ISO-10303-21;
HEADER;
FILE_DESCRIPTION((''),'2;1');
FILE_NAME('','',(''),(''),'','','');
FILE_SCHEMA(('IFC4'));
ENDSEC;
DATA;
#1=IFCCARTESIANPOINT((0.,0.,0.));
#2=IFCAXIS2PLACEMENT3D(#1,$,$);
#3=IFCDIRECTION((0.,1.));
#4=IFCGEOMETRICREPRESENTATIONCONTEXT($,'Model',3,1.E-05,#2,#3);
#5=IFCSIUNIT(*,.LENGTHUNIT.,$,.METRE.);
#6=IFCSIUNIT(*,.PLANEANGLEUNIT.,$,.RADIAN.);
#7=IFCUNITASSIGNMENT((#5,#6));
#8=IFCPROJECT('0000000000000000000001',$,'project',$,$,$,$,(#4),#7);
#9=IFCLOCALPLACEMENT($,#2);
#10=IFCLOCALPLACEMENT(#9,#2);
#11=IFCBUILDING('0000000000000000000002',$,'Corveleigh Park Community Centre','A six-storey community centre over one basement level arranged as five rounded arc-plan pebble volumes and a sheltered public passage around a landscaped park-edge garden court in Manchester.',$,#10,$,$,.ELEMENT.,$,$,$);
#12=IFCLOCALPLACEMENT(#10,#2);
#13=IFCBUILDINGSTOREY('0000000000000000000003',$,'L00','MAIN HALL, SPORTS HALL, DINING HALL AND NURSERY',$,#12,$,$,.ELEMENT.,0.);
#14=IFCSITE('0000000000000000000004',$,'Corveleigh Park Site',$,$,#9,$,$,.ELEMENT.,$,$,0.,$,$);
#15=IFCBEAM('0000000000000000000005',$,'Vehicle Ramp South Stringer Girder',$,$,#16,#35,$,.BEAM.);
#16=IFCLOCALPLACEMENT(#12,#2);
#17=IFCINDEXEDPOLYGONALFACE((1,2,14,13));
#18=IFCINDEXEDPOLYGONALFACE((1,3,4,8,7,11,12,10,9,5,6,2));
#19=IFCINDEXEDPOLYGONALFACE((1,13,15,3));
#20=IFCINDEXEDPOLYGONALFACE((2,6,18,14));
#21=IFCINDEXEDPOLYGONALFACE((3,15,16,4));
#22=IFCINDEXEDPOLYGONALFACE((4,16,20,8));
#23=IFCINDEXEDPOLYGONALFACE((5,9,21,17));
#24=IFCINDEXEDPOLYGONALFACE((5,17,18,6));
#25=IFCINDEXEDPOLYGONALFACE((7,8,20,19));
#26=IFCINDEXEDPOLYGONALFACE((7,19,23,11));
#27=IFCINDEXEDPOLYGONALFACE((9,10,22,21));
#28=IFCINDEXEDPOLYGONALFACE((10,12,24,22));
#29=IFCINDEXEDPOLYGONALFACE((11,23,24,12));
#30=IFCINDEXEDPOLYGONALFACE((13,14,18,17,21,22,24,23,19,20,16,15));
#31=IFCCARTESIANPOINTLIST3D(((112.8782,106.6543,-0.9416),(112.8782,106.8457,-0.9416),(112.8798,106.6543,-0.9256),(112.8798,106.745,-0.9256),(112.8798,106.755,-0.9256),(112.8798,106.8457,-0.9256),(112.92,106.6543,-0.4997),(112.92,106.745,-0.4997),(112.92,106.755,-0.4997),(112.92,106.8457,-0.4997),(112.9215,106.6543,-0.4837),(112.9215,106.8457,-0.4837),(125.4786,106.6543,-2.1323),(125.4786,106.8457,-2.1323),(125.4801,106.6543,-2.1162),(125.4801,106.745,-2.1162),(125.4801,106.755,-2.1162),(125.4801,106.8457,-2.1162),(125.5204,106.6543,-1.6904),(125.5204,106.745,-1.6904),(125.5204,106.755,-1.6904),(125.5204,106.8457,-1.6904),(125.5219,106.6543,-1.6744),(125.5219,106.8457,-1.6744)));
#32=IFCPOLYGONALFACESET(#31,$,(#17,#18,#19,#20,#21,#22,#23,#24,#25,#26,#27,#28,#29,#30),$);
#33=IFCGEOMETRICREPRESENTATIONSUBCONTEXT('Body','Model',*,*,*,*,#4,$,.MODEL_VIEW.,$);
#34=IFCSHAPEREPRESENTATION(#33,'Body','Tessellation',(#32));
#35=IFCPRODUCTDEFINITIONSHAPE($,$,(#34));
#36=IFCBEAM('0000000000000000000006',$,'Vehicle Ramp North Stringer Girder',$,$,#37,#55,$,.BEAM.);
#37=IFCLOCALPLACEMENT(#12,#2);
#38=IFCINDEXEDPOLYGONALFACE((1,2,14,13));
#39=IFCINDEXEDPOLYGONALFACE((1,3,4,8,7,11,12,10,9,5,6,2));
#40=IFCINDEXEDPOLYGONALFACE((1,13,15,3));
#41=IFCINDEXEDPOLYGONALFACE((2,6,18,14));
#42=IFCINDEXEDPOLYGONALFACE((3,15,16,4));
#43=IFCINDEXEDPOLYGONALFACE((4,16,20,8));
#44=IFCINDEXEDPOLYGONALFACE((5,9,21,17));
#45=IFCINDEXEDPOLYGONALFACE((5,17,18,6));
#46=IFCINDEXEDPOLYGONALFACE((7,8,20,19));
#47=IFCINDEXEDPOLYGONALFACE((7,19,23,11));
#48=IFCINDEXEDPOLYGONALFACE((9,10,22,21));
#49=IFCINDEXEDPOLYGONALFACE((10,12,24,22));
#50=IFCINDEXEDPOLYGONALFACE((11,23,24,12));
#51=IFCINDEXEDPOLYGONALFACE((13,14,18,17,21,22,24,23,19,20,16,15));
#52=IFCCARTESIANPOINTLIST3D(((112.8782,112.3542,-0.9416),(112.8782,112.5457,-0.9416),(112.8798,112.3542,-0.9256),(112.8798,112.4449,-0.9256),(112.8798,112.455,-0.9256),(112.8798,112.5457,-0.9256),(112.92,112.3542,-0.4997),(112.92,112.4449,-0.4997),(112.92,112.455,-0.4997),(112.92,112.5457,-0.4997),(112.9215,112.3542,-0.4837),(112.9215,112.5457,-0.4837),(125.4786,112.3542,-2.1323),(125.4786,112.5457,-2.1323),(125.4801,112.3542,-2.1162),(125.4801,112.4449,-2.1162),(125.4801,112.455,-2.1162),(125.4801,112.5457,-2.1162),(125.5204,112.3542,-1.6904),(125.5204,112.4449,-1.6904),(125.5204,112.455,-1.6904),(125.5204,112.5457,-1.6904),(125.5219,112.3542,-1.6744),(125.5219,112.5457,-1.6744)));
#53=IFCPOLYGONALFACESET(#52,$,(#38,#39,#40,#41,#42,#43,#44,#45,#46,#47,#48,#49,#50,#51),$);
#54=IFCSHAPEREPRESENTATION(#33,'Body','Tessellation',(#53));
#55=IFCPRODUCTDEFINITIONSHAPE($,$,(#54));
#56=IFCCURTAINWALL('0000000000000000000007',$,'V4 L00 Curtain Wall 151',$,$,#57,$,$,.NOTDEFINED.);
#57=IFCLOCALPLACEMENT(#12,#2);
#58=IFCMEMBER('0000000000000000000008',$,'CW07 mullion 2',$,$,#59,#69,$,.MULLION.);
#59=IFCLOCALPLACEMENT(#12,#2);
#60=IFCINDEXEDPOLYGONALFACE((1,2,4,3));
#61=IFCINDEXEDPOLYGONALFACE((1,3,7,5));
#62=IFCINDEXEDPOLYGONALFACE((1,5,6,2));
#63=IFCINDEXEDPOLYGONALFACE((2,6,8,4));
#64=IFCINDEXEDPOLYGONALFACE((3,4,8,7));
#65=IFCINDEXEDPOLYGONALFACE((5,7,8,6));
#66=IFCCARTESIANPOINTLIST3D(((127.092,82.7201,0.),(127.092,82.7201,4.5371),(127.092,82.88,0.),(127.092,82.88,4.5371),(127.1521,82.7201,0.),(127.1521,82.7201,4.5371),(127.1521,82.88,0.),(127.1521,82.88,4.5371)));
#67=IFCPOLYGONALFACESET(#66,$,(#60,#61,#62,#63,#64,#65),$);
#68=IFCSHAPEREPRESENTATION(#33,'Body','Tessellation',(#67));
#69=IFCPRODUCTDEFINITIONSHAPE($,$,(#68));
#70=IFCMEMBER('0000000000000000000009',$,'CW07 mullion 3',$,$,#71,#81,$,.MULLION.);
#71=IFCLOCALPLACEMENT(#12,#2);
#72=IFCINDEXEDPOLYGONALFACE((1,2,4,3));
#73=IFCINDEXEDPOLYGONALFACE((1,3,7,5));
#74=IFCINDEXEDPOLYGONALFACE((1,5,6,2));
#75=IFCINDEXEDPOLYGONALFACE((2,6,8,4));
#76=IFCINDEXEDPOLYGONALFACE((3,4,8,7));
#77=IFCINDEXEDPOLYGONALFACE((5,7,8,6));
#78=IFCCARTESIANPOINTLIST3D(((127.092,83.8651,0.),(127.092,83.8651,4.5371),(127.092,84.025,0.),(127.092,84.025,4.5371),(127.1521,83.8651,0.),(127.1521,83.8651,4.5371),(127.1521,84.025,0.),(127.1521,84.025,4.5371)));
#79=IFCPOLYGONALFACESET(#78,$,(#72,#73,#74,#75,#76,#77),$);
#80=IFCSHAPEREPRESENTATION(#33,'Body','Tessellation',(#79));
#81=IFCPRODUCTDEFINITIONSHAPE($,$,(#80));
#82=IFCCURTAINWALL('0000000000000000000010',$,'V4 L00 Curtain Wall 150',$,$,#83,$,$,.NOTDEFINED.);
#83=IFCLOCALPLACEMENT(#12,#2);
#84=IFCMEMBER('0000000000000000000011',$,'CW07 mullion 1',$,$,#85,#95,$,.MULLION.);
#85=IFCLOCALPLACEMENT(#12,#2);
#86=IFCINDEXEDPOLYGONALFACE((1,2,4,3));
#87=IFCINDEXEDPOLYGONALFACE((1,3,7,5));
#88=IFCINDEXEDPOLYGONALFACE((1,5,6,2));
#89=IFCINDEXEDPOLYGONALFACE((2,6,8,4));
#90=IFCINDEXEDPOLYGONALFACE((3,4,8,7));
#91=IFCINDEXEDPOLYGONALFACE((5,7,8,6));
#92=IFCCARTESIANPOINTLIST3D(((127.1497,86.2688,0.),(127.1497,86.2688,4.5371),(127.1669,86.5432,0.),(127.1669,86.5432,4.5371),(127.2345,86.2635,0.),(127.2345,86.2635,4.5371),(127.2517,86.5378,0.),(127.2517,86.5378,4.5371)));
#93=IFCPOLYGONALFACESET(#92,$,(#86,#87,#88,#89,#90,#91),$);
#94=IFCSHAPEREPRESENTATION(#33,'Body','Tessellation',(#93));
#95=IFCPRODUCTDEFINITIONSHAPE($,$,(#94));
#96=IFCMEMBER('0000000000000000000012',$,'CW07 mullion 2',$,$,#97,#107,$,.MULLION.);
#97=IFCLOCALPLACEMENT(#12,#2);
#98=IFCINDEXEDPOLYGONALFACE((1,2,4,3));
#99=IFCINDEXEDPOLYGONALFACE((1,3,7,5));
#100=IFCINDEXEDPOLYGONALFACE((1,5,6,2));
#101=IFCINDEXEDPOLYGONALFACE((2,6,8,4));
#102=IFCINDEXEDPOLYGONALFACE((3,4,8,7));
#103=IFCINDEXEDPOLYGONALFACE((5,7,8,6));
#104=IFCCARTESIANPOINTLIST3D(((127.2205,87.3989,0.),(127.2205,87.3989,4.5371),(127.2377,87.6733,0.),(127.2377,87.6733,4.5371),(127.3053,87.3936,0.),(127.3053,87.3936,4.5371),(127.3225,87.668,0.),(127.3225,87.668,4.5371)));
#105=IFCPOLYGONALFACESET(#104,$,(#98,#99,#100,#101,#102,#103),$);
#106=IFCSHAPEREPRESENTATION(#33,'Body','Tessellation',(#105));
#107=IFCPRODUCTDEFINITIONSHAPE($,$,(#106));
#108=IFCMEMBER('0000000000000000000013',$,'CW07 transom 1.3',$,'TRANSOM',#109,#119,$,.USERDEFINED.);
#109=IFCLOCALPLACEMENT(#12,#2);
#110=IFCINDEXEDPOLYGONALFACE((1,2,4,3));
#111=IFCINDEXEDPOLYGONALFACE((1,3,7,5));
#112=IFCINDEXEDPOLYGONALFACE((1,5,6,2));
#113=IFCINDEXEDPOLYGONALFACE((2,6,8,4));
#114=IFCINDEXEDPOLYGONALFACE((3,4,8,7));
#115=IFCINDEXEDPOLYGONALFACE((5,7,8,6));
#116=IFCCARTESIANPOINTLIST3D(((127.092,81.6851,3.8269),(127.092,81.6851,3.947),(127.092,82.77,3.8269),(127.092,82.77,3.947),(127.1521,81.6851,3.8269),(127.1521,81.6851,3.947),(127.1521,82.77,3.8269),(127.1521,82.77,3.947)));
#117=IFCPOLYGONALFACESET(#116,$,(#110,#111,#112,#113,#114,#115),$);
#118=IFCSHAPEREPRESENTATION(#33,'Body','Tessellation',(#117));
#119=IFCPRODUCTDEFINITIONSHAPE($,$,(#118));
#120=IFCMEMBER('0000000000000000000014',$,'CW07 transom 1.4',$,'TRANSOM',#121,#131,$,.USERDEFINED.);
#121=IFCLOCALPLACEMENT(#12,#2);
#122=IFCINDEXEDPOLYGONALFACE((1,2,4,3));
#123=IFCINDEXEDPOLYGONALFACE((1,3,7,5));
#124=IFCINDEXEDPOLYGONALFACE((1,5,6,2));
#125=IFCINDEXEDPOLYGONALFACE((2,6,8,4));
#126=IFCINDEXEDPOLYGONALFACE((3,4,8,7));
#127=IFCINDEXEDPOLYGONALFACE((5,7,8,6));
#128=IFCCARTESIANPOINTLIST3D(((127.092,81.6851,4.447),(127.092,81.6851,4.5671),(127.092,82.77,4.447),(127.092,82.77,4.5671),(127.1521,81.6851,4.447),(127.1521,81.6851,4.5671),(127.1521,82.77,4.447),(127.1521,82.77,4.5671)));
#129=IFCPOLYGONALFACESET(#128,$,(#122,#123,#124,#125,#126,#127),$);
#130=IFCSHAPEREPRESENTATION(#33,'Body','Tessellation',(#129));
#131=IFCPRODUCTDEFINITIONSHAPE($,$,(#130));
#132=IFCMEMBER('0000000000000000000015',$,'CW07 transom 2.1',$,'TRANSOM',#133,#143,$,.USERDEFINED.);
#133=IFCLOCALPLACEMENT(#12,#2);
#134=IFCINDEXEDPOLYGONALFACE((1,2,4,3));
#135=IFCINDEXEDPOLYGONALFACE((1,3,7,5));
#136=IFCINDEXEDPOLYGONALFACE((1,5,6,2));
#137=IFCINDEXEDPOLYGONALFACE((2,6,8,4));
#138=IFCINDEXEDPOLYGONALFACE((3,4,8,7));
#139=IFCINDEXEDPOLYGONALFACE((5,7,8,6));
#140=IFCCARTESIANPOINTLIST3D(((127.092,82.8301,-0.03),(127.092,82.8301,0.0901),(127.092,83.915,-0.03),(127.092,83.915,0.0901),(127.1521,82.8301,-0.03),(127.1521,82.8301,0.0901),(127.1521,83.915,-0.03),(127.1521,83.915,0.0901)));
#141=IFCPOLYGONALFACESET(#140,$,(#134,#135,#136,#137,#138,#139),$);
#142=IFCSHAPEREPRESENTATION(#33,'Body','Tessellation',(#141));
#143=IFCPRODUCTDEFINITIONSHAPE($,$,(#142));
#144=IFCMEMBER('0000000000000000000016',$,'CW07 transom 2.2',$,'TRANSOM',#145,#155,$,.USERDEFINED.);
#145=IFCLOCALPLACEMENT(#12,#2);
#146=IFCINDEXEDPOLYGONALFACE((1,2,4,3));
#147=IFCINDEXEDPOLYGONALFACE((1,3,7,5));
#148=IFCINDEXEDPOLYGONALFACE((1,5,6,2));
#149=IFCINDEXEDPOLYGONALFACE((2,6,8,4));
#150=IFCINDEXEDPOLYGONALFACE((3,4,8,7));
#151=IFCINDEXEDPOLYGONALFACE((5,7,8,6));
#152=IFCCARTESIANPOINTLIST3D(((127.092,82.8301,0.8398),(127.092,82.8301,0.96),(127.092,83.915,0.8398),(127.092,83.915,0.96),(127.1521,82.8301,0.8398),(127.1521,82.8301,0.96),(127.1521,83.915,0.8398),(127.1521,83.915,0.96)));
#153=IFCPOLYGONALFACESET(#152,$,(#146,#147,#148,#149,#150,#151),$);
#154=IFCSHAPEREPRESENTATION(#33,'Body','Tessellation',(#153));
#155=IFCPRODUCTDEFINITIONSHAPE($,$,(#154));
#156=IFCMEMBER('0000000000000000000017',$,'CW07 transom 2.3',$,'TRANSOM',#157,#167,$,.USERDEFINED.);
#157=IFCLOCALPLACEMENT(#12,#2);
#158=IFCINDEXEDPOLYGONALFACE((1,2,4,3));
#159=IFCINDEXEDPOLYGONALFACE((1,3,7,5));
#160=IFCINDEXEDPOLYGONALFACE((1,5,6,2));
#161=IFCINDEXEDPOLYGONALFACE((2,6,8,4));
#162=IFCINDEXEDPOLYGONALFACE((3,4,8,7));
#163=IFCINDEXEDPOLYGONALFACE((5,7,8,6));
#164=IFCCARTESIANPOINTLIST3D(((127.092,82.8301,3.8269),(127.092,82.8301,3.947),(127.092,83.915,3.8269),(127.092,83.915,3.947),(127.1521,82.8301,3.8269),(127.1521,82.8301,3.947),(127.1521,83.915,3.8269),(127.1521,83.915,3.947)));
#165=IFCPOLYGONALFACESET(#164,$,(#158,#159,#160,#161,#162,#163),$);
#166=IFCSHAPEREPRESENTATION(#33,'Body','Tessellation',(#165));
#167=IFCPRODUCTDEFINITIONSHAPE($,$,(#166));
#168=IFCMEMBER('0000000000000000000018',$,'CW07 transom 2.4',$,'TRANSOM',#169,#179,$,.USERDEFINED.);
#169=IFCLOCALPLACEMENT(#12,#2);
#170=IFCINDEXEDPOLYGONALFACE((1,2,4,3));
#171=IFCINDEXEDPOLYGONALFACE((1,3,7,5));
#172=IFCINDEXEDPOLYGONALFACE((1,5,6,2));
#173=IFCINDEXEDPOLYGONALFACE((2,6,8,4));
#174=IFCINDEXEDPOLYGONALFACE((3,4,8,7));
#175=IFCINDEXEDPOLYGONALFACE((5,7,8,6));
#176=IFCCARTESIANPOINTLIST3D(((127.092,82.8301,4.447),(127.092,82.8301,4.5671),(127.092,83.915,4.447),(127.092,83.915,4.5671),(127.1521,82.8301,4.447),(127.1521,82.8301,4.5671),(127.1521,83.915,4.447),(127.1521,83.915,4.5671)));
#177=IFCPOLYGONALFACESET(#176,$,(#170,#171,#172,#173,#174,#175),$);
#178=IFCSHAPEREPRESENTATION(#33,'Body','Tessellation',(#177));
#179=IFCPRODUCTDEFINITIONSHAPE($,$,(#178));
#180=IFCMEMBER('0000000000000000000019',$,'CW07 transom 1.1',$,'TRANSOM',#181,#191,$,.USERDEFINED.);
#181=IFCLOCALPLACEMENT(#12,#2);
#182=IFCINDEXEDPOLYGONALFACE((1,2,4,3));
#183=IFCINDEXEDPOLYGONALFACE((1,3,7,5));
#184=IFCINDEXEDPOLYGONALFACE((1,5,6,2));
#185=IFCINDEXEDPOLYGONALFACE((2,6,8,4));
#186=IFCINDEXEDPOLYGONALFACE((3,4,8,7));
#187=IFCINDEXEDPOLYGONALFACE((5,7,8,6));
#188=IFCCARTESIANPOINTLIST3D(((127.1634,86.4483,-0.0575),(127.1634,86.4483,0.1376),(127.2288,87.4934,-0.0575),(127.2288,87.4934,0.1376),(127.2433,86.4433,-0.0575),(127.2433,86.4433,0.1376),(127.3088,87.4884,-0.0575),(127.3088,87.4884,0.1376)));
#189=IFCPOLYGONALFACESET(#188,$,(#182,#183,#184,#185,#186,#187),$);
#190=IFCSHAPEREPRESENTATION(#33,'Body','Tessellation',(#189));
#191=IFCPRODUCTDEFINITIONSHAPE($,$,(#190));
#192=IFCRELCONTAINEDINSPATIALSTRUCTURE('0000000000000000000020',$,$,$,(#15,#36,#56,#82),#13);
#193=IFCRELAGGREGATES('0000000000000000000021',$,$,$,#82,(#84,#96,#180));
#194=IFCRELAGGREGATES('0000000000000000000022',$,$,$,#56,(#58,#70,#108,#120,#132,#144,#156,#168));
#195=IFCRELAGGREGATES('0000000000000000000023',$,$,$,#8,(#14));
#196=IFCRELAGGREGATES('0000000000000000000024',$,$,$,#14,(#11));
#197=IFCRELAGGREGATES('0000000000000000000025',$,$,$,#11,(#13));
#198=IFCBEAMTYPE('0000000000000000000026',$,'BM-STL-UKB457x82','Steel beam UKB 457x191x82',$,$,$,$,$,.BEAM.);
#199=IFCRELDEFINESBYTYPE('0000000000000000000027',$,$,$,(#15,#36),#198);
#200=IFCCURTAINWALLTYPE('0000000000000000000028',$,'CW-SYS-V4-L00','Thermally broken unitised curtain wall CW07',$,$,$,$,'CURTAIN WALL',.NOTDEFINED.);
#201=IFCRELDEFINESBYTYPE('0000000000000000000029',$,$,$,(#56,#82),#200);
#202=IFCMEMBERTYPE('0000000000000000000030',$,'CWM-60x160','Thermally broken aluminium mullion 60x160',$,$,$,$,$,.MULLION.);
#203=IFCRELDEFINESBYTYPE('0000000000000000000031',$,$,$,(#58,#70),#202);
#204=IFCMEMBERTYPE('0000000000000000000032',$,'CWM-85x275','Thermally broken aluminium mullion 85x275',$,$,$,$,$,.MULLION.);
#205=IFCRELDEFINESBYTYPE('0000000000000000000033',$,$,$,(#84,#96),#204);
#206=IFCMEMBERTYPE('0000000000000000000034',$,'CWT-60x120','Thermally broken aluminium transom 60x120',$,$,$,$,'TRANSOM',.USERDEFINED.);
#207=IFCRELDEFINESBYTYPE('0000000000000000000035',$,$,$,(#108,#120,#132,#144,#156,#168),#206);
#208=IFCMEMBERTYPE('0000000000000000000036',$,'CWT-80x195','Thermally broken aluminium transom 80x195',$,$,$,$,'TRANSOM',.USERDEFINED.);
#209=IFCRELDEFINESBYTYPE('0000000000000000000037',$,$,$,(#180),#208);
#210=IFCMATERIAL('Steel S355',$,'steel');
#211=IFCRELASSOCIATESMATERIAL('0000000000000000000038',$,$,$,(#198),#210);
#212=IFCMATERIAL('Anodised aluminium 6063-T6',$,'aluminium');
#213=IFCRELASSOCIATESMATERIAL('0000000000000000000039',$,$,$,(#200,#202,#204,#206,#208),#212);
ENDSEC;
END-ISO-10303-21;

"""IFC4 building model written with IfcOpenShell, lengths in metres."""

from ifc_helpers import new_model, si_unit, direction, frame, origin, origin_2d, place, context, subcontext, project, spatial, rectangle, i_section, extrude, material, material_profile, profile_set, type_object, element, aggregate, save


model = new_model("IFC4")

# Units and contexts
model_context = context("Model", 3, precision=1e-05, world=origin(), true_north=direction((0.0, 1.0)))
body_context = subcontext(model_context, "Body", "Model", "MODEL_VIEW")
ifc_project = project(units=[si_unit("LENGTHUNIT", "METRE"), si_unit("PLANEANGLEUNIT", "RADIAN")], contexts=[model_context])

# Site, building, storey
site_placement = place(None, origin())
site = spatial("IfcSite", under=ifc_project, at=site_placement, Name="Corveleigh Park Site", CompositionType="ELEMENT", RefElevation=0.0)
building_placement = place(site_placement, origin())
building = spatial("IfcBuilding", under=site, at=building_placement, Name="Corveleigh Park Community Centre", Description="A six-storey community centre over one basement level arranged as five rounded arc-plan pebble volumes and a sheltered public passage around a landscaped park-edge garden court in Manchester.", CompositionType="ELEMENT")
storey_placement = place(building_placement, origin())
storey = spatial("IfcBuildingStorey", under=building, at=storey_placement, Name="L00", Description="MAIN HALL, SPORTS HALL, DINING HALL AND NURSERY", CompositionType="ELEMENT", Elevation=0.0)

# Beams
ifc_material_1 = material(Name="Steel S355", Category="steel")
ifc_material_profile_1 = material_profile(ifc_material_1, i_section(OverallWidth=0.1914, OverallDepth=0.46, WebThickness=0.01, FlangeThickness=0.0161, at=origin_2d()), Name="UKB 457x191x82", Category="steel")
ifc_profile_set_1 = profile_set([ifc_material_profile_1], Name="Steel S355")
beam_type = type_object("IfcBeamType", Name="BM-STL-UKB457x82", Description="Steel beam UKB 457x191x82", PredefinedType="BEAM", material=ifc_profile_set_1)
for number, where, z_axis, x_axis, name in (
    (1, (125.5002, 106.75, -1.9033), (-0.995565, 0.0, 0.094076), (0.0, -1.0, 0.0), "Vehicle Ramp South Stringer Girder"),
    (2, (125.5002, 112.45, -1.9033), (-0.995565, 0.0, 0.094076), (0.0, -1.0, 0.0), "Vehicle Ramp North Stringer Girder"),
):
    element("IfcBeam", number, at=place(storey_placement, frame(where, z_axis=z_axis, x_axis=x_axis)), inside=storey, type_object=beam_type, Name=name, PredefinedType="BEAM", context=body_context, shape_type="SweptSolid", body=[
        extrude(i_section(OverallWidth=0.1914, OverallDepth=0.46, WebThickness=0.01, FlangeThickness=0.0161, at=origin_2d()), origin(), (0.0, 0.0, 1.0), 12.6565),
    ])

# Curtain walls, members
ifc_material_2 = material(Name="Anodised aluminium 6063-T6", Category="aluminium")
curtain_wall_type = type_object("IfcCurtainWallType", Name="CW-SYS-V4-L00", Description="Thermally broken unitised curtain wall CW07", ElementType="CURTAIN WALL", PredefinedType="NOTDEFINED", material=ifc_material_2)
curtain_wall_1_placement = place(storey_placement, origin())
curtain_wall_1 = element("IfcCurtainWall", 3, at=curtain_wall_1_placement, inside=storey, type_object=curtain_wall_type, Name="V4 L00 Curtain Wall 151", PredefinedType="NOTDEFINED")
ifc_material_profile_2 = material_profile(ifc_material_2, rectangle(XDim=0.0601, YDim=0.1599, at=origin_2d()), Name="ALU-M60x160", Category="aluminium")
ifc_profile_set_2 = profile_set([ifc_material_profile_2], Name="Anodised aluminium 6063-T6")
member_type_1 = type_object("IfcMemberType", Name="CWM-60x160", Description="Thermally broken aluminium mullion 60x160", PredefinedType="MULLION", material=ifc_profile_set_2)
member_1_placement = place(storey_placement, frame((127.1221, 82.8, 0.0), z_axis=(0.0, 0.0, 1.0), x_axis=(-1.0, 0.0, 0.0)))
member_1 = element("IfcMember", 4, at=member_1_placement, type_object=member_type_1, Name="CW07 mullion 2", PredefinedType="MULLION", context=body_context, shape_type="SweptSolid", body=[
    extrude(rectangle(XDim=0.0601, YDim=0.1599, at=origin_2d()), origin(), (0.0, 0.0, 1.0), 4.5371),
])
member_2_placement = place(storey_placement, frame((127.1221, 83.9451, 0.0), z_axis=(0.0, 0.0, 1.0), x_axis=(-1.0, 0.0, 0.0)))
member_2 = element("IfcMember", 5, at=member_2_placement, type_object=member_type_1, Name="CW07 mullion 3", PredefinedType="MULLION", context=body_context, shape_type="SweptSolid", body=[
    extrude(rectangle(XDim=0.0601, YDim=0.1599, at=origin_2d()), origin(), (0.0, 0.0, 1.0), 4.5371),
])
curtain_wall_2_placement = place(storey_placement, origin())
curtain_wall_2 = element("IfcCurtainWall", 6, at=curtain_wall_2_placement, inside=storey, type_object=curtain_wall_type, Name="V4 L00 Curtain Wall 150", PredefinedType="NOTDEFINED")
ifc_material_profile_3 = material_profile(ifc_material_2, rectangle(XDim=0.085, YDim=0.2749, at=origin_2d()), Name="ALU-M85x275", Category="aluminium")
ifc_profile_set_3 = profile_set([ifc_material_profile_3], Name="Anodised aluminium 6063-T6")
member_type_2 = type_object("IfcMemberType", Name="CWM-85x275", Description="Thermally broken aluminium mullion 85x275", PredefinedType="MULLION", material=ifc_profile_set_3)
member_3_placement = place(storey_placement, frame((127.2007, 86.4033, 0.0), z_axis=(0.0, 0.0, 1.0), x_axis=(-0.998041, 0.062564, 0.0)))
member_3 = element("IfcMember", 7, at=member_3_placement, type_object=member_type_2, Name="CW07 mullion 1", PredefinedType="MULLION", context=body_context, shape_type="SweptSolid", body=[
    extrude(rectangle(XDim=0.085, YDim=0.2749, at=origin_2d()), origin(), (0.0, 0.0, 1.0), 4.5371),
])
member_4_placement = place(storey_placement, frame((127.2715, 87.5334, 0.0), z_axis=(0.0, 0.0, 1.0), x_axis=(-0.998041, 0.062564, 0.0)))
member_4 = element("IfcMember", 8, at=member_4_placement, type_object=member_type_2, Name="CW07 mullion 2", PredefinedType="MULLION", context=body_context, shape_type="SweptSolid", body=[
    extrude(rectangle(XDim=0.085, YDim=0.2749, at=origin_2d()), origin(), (0.0, 0.0, 1.0), 4.5371),
])

# Members
ifc_material_profile_4 = material_profile(ifc_material_2, rectangle(XDim=0.0601, YDim=0.1201, at=origin_2d()), Name="ALU-T60x120", Category="aluminium")
ifc_profile_set_4 = profile_set([ifc_material_profile_4], Name="Anodised aluminium 6063-T6")
member_type_3 = type_object("IfcMemberType", Name="CWT-60x120", Description="Thermally broken aluminium transom 60x120", ElementType="TRANSOM", PredefinedType="USERDEFINED", material=ifc_profile_set_4)
member_5_placement = place(storey_placement, frame((127.1221, 81.6851, 3.887), z_axis=(0.0, 1.0, 0.0), x_axis=(-1.0, 0.0, 0.0)))
member_5 = element("IfcMember", 9, at=member_5_placement, type_object=member_type_3, Name="CW07 transom 1.3", ObjectType="TRANSOM", PredefinedType="USERDEFINED", context=body_context, shape_type="SweptSolid", body=[
    extrude(rectangle(XDim=0.0601, YDim=0.1201, at=origin_2d()), origin(), (0.0, 0.0, 1.0), 1.085),
])
member_6_placement = place(storey_placement, frame((127.1221, 81.6851, 4.5071), z_axis=(0.0, 1.0, 0.0), x_axis=(-1.0, 0.0, 0.0)))
member_6 = element("IfcMember", 10, at=member_6_placement, type_object=member_type_3, Name="CW07 transom 1.4", ObjectType="TRANSOM", PredefinedType="USERDEFINED", context=body_context, shape_type="SweptSolid", body=[
    extrude(rectangle(XDim=0.0601, YDim=0.1201, at=origin_2d()), origin(), (0.0, 0.0, 1.0), 1.085),
])
member_7_placement = place(storey_placement, frame((127.1221, 82.8301, 0.03), z_axis=(0.0, 1.0, 0.0), x_axis=(-1.0, 0.0, 0.0)))
member_7 = element("IfcMember", 11, at=member_7_placement, type_object=member_type_3, Name="CW07 transom 2.1", ObjectType="TRANSOM", PredefinedType="USERDEFINED", context=body_context, shape_type="SweptSolid", body=[
    extrude(rectangle(XDim=0.0601, YDim=0.1201, at=origin_2d()), origin(), (0.0, 0.0, 1.0), 1.085),
])
member_8_placement = place(storey_placement, frame((127.1221, 82.8301, 0.8999), z_axis=(0.0, 1.0, 0.0), x_axis=(-1.0, 0.0, 0.0)))
member_8 = element("IfcMember", 12, at=member_8_placement, type_object=member_type_3, Name="CW07 transom 2.2", ObjectType="TRANSOM", PredefinedType="USERDEFINED", context=body_context, shape_type="SweptSolid", body=[
    extrude(rectangle(XDim=0.0601, YDim=0.1201, at=origin_2d()), origin(), (0.0, 0.0, 1.0), 1.085),
])
member_9_placement = place(storey_placement, frame((127.1221, 82.8301, 3.887), z_axis=(0.0, 1.0, 0.0), x_axis=(-1.0, 0.0, 0.0)))
member_9 = element("IfcMember", 13, at=member_9_placement, type_object=member_type_3, Name="CW07 transom 2.3", ObjectType="TRANSOM", PredefinedType="USERDEFINED", context=body_context, shape_type="SweptSolid", body=[
    extrude(rectangle(XDim=0.0601, YDim=0.1201, at=origin_2d()), origin(), (0.0, 0.0, 1.0), 1.085),
])
member_10_placement = place(storey_placement, frame((127.1221, 82.8301, 4.5071), z_axis=(0.0, 1.0, 0.0), x_axis=(-1.0, 0.0, 0.0)))
member_10 = element("IfcMember", 14, at=member_10_placement, type_object=member_type_3, Name="CW07 transom 2.4", ObjectType="TRANSOM", PredefinedType="USERDEFINED", context=body_context, shape_type="SweptSolid", body=[
    extrude(rectangle(XDim=0.0601, YDim=0.1201, at=origin_2d()), origin(), (0.0, 0.0, 1.0), 1.085),
])
ifc_material_profile_5 = material_profile(ifc_material_2, rectangle(XDim=0.0801, YDim=0.1951, at=origin_2d()), Name="ALU-T80x195", Category="aluminium")
ifc_profile_set_5 = profile_set([ifc_material_profile_5], Name="Anodised aluminium 6063-T6")
member_type_4 = type_object("IfcMemberType", Name="CWT-80x195", Description="Thermally broken aluminium transom 80x195", ElementType="TRANSOM", PredefinedType="USERDEFINED", material=ifc_profile_set_5)
member_11_placement = place(storey_placement, frame((127.2034, 86.4458, 0.04), z_axis=(0.06248, 0.998046, 0.0), x_axis=(-0.998046, 0.06248, 0.0)))
member_11 = element("IfcMember", 15, at=member_11_placement, type_object=member_type_4, Name="CW07 transom 1.1", ObjectType="TRANSOM", PredefinedType="USERDEFINED", context=body_context, shape_type="SweptSolid", body=[
    extrude(rectangle(XDim=0.0801, YDim=0.1951, at=origin_2d()), origin(), (0.0, 0.0, 1.0), 1.0471),
])

aggregate(curtain_wall_2, [member_3, member_4, member_11])
aggregate(curtain_wall_1, [member_1, member_2, member_5, member_6, member_7, member_8, member_9, member_10])

save(model, "model.ifc")
